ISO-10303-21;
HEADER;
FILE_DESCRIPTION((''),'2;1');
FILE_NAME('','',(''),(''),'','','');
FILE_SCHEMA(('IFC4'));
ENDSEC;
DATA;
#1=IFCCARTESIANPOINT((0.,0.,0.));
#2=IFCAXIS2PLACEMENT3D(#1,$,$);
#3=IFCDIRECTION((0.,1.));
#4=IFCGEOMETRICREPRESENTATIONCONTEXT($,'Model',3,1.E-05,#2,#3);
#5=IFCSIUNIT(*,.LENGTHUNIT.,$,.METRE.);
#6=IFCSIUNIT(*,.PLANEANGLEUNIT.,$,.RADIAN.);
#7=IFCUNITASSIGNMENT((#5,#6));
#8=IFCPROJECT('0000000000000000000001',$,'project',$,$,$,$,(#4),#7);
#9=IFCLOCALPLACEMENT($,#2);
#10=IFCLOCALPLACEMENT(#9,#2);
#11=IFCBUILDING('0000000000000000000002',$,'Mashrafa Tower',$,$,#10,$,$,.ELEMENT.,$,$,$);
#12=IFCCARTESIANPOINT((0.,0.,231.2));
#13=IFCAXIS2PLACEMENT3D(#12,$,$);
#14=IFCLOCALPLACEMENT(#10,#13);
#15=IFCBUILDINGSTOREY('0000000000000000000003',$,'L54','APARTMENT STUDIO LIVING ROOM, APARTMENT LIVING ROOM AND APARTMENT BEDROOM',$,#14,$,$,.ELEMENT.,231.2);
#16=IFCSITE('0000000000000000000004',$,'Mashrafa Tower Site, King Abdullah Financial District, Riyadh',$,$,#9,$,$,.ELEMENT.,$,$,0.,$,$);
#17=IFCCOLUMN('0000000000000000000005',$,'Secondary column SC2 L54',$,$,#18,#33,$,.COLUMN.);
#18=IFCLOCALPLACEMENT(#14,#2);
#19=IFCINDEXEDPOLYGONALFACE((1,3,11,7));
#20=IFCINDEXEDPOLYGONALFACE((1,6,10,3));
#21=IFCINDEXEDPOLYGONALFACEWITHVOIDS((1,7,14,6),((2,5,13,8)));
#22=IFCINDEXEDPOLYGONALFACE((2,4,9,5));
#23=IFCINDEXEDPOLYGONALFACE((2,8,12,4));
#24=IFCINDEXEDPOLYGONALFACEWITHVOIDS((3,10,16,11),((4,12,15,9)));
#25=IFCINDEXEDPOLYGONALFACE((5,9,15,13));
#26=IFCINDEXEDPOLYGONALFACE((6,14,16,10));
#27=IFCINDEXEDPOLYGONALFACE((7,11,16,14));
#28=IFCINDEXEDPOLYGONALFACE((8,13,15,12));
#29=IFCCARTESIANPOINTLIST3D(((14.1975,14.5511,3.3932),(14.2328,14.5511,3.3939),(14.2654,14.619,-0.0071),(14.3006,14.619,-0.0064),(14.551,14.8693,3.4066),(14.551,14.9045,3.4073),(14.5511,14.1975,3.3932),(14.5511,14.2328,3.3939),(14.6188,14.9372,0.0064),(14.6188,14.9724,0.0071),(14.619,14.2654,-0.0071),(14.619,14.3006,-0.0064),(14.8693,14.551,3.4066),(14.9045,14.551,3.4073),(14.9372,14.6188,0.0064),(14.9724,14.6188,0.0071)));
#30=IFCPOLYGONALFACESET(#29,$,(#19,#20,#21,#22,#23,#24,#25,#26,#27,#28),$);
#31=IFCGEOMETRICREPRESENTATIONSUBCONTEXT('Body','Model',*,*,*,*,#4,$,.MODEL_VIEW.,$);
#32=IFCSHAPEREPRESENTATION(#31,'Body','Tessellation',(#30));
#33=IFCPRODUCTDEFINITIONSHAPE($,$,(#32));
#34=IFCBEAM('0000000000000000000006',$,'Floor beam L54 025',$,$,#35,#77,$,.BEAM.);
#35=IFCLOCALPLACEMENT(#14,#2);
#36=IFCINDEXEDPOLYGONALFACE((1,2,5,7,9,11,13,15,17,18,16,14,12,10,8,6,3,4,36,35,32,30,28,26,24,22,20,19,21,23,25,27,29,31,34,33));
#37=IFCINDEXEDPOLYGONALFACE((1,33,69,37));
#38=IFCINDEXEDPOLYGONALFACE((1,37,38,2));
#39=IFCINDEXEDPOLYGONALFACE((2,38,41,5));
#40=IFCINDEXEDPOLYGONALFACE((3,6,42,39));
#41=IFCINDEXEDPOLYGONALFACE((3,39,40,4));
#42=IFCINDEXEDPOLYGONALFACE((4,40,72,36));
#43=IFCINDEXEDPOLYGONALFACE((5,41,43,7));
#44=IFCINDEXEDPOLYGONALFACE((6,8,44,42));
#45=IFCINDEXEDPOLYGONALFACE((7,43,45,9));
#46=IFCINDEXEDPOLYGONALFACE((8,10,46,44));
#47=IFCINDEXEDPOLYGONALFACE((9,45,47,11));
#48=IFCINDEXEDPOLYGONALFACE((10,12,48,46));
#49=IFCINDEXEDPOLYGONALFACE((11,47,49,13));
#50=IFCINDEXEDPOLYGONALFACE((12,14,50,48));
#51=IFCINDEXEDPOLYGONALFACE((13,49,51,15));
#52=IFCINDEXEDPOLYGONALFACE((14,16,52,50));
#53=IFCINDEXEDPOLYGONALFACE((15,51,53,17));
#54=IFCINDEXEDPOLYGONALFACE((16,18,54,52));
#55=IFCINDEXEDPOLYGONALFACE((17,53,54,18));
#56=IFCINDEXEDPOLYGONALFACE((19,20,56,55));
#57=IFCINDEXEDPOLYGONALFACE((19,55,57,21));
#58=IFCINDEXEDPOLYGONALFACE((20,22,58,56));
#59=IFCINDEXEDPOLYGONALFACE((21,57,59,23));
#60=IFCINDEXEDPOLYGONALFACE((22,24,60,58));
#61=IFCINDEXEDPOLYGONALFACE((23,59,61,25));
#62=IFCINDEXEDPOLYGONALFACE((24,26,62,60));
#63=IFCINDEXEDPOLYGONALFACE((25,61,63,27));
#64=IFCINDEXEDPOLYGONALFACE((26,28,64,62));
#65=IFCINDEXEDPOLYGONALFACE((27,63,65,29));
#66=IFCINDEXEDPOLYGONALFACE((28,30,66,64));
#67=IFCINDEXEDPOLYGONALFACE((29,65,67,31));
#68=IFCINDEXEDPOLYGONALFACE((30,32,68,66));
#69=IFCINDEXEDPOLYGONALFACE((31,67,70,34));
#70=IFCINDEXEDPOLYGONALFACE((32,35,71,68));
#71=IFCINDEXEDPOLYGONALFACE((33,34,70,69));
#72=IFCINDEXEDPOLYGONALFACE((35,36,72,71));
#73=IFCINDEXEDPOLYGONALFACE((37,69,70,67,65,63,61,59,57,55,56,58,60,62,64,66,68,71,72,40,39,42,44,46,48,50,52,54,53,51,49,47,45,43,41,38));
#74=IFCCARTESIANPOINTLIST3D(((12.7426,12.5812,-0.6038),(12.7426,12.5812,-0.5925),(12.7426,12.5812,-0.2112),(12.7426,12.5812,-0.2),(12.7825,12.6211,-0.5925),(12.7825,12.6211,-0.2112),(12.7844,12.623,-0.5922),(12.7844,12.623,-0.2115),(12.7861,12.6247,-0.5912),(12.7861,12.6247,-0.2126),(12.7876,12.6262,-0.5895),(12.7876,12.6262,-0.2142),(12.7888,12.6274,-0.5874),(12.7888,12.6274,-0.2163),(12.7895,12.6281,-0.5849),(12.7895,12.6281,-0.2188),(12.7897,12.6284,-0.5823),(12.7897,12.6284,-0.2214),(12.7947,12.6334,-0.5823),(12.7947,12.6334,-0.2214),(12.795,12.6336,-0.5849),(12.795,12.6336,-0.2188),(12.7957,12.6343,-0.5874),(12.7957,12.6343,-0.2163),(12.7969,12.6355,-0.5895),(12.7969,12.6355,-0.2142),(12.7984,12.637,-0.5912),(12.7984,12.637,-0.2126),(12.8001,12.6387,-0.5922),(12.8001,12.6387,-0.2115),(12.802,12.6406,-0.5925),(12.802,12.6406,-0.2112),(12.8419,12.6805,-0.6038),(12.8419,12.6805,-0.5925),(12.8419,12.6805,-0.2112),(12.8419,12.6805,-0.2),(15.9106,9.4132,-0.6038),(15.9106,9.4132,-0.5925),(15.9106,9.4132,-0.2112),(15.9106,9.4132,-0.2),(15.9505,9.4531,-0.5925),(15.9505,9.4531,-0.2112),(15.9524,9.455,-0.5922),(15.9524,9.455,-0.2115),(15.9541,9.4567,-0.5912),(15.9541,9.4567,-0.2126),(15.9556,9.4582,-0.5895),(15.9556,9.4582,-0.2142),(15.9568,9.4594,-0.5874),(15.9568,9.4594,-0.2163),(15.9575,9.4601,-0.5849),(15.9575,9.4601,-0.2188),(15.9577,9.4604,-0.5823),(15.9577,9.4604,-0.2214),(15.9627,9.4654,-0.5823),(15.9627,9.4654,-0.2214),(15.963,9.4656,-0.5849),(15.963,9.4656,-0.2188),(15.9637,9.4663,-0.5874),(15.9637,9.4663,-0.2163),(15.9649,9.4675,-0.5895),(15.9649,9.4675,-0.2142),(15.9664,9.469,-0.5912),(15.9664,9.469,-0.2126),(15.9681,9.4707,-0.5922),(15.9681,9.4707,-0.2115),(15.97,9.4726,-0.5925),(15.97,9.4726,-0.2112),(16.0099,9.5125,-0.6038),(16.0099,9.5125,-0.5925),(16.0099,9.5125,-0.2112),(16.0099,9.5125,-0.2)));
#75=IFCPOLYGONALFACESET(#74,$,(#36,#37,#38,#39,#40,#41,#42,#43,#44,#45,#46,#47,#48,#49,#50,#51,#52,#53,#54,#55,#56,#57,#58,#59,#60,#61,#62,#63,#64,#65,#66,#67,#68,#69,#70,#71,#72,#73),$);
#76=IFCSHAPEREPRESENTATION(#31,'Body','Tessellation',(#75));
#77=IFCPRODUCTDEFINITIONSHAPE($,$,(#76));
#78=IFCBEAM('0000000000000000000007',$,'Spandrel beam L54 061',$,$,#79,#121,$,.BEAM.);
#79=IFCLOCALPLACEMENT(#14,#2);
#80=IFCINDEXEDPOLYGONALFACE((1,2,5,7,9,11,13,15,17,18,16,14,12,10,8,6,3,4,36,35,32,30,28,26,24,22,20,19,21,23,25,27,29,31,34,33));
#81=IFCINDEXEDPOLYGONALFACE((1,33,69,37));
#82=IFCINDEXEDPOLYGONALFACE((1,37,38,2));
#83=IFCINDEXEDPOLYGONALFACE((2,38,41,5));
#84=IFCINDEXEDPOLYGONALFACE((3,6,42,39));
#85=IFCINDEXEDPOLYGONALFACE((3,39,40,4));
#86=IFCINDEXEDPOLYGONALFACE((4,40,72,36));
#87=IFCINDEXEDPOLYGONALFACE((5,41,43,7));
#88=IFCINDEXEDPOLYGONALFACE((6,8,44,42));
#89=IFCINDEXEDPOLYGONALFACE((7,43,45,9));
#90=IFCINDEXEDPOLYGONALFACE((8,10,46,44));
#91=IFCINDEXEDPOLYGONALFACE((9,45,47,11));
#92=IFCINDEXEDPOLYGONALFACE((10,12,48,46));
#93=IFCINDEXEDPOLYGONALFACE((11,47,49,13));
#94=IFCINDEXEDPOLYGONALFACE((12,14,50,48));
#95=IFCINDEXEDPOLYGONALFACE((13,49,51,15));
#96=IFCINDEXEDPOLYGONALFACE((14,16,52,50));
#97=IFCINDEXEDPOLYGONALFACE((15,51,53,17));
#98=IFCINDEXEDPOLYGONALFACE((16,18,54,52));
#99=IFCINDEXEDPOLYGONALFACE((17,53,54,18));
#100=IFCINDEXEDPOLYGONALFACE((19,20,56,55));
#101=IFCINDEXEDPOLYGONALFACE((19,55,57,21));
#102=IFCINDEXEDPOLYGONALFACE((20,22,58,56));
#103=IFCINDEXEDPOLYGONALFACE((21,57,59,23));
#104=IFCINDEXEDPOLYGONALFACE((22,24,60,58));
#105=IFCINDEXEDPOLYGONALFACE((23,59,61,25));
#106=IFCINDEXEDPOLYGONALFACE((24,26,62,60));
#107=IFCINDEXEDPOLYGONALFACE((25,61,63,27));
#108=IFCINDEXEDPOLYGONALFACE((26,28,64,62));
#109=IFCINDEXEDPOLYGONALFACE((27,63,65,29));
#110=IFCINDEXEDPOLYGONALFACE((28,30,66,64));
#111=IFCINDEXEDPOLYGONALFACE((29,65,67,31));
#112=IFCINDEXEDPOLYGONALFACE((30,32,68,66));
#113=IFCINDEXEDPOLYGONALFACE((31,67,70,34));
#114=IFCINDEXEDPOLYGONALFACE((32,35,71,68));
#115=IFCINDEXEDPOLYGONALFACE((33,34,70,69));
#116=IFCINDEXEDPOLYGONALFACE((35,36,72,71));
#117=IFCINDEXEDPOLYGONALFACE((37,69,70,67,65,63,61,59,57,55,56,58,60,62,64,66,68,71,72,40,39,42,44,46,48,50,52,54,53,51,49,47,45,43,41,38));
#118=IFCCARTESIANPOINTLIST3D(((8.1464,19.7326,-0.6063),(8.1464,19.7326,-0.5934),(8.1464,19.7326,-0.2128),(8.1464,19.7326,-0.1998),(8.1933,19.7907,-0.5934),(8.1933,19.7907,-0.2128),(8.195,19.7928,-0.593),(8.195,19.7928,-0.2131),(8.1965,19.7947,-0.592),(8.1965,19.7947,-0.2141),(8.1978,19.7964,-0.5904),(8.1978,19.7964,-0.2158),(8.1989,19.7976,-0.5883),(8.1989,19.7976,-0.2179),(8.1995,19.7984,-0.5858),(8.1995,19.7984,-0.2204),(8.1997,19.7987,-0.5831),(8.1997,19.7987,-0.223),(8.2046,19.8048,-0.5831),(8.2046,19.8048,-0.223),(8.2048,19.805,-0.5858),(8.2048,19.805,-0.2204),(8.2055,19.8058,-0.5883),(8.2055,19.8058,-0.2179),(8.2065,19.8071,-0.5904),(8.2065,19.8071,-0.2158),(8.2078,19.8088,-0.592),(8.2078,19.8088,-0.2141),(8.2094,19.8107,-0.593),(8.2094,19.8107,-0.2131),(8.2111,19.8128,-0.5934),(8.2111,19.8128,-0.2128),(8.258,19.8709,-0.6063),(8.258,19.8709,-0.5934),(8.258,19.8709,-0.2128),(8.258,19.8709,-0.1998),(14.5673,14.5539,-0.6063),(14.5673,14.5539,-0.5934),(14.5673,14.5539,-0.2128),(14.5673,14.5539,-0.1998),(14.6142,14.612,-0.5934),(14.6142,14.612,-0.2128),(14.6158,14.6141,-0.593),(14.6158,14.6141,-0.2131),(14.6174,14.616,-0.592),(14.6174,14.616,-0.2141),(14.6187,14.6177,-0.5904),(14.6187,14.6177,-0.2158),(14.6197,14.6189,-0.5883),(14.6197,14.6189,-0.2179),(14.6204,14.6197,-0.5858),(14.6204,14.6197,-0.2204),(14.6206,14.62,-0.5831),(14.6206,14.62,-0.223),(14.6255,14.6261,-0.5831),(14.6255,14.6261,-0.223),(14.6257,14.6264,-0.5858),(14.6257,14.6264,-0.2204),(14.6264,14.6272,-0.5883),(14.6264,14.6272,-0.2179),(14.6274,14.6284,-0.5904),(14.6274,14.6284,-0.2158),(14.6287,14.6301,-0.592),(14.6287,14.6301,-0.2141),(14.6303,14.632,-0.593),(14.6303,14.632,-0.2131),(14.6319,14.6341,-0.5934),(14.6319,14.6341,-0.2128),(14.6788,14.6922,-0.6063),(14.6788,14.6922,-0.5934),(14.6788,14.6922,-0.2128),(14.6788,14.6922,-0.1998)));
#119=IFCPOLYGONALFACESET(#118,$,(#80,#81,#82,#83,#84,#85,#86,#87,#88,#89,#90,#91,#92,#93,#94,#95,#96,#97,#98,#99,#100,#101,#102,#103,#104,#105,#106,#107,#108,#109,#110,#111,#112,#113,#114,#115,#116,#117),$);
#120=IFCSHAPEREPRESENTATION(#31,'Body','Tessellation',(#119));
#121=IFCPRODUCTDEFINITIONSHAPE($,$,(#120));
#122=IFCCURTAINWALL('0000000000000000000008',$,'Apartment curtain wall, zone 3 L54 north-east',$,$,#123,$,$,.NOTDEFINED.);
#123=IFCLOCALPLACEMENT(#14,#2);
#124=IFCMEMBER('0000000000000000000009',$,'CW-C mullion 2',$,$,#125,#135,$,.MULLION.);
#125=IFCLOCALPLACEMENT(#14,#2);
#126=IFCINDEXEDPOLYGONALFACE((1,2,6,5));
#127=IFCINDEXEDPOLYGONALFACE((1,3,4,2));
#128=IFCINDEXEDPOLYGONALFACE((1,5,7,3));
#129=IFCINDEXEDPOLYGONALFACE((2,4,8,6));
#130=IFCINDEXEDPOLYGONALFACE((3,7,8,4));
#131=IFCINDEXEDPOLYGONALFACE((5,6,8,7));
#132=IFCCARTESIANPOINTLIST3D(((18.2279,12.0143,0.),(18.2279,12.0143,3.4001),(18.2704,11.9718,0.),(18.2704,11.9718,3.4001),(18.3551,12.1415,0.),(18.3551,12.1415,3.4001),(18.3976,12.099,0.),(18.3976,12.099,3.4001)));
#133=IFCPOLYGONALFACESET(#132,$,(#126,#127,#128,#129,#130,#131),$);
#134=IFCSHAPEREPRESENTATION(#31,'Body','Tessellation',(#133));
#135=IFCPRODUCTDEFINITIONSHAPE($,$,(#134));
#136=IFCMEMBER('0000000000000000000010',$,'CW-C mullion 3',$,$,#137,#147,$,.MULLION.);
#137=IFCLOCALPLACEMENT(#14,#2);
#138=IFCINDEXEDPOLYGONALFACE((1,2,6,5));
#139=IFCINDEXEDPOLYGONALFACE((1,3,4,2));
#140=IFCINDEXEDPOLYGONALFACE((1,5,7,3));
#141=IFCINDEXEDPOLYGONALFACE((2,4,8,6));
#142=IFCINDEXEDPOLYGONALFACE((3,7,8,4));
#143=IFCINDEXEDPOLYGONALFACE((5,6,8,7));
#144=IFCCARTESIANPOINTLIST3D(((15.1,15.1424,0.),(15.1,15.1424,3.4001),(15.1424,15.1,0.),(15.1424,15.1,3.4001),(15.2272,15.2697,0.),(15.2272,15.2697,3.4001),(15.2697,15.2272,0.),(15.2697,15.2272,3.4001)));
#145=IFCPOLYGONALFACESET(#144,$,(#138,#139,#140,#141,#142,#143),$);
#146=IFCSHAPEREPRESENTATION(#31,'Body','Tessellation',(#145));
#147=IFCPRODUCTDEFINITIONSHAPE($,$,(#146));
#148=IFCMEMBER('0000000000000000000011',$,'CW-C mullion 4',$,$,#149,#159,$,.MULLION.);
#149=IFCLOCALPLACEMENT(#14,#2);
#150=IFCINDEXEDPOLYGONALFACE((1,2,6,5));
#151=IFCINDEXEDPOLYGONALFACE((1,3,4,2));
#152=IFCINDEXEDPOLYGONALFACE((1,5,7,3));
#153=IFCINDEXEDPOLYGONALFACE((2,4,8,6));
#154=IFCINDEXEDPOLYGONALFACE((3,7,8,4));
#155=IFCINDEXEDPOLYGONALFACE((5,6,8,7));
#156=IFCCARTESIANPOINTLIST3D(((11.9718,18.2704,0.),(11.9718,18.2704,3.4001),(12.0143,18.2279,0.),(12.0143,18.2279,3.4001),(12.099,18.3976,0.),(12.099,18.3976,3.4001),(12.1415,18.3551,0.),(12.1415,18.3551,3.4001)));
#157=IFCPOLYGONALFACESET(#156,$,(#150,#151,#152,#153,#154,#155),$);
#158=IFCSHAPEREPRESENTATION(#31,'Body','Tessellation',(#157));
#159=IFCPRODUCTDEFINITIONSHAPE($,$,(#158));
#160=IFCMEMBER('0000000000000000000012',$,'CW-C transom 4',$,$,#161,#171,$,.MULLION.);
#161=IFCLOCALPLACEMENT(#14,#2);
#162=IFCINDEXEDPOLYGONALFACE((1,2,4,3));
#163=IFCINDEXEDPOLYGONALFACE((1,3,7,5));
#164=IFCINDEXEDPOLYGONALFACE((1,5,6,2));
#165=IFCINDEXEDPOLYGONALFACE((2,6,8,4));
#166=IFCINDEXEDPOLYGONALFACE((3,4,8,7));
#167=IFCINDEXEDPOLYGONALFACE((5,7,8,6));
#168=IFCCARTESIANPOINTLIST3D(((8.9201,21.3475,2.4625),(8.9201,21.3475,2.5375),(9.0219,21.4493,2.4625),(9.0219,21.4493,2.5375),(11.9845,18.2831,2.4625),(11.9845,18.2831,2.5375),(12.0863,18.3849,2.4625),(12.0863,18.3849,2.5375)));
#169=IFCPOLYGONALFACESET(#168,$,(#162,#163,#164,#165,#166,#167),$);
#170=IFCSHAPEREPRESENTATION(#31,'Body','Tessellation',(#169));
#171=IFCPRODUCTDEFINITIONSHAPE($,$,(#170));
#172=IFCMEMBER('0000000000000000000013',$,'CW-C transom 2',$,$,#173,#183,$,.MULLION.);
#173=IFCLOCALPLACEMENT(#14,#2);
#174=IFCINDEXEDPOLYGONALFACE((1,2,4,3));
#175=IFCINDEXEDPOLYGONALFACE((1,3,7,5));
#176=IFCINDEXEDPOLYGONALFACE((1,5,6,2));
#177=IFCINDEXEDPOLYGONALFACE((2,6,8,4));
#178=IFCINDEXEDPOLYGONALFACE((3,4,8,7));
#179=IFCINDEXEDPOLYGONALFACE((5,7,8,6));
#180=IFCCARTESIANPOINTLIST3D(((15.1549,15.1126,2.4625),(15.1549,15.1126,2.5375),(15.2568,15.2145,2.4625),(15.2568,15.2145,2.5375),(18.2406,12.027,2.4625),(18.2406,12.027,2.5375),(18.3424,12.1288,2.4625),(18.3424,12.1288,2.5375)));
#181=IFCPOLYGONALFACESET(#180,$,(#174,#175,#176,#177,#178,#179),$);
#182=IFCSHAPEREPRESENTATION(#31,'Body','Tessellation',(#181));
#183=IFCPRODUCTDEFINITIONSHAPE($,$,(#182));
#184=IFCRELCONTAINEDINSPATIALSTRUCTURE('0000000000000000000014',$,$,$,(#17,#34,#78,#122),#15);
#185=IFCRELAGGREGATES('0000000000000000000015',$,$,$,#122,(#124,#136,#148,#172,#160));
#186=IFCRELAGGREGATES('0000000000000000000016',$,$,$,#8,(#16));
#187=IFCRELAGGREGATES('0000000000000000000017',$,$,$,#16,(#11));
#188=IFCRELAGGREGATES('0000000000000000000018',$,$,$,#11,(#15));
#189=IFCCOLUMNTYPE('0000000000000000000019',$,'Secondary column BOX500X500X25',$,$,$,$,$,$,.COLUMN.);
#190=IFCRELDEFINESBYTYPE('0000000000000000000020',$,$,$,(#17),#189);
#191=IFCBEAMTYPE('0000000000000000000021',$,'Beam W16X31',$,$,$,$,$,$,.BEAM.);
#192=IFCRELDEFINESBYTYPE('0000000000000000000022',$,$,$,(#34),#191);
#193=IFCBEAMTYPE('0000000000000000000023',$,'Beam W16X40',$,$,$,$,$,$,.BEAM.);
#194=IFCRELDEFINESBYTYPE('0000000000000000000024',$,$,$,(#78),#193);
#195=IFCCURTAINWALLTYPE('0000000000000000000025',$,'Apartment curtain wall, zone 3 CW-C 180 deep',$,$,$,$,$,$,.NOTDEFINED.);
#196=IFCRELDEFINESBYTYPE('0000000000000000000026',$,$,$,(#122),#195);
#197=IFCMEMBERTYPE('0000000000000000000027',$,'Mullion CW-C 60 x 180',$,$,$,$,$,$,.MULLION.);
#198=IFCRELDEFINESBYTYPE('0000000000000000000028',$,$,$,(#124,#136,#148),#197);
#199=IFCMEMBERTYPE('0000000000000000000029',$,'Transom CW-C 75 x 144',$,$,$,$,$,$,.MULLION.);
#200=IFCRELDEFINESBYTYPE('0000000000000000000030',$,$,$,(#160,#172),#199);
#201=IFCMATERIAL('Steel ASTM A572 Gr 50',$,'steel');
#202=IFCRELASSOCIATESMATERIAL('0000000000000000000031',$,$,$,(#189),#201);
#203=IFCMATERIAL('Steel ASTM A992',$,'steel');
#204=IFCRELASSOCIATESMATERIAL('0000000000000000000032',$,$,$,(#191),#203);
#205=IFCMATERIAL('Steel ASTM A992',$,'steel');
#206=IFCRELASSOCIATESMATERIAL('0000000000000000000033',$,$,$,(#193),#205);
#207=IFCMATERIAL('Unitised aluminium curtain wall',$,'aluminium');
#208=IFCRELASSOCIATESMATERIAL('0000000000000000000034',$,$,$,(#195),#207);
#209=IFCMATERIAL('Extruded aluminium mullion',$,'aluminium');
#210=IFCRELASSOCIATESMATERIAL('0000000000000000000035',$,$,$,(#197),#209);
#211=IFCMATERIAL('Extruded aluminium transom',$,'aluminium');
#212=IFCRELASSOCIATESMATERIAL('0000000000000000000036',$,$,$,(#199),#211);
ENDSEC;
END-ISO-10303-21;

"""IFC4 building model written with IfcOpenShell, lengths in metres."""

from ifc_helpers import new_model, si_unit, direction, frame, origin, origin_2d, place, context, subcontext, project, spatial, rectangle, hollow_rectangle, i_section, extrude, source, transform, mapped, material, material_profile, profile_set, type_object, type_shapes, element, aggregate, save


model = new_model("IFC4")

# Units and contexts
model_context = context("Model", 3, precision=1e-05, world=origin(), true_north=direction((0.0, 1.0)))
body_context = subcontext(model_context, "Body", "Model", "MODEL_VIEW")
ifc_project = project(units=[si_unit("LENGTHUNIT", "METRE"), si_unit("PLANEANGLEUNIT", "RADIAN")], contexts=[model_context])

# Site, building, storey
site_placement = place(None, origin())
site = spatial("IfcSite", under=ifc_project, at=site_placement, Name="Mashrafa Tower Site, King Abdullah Financial District, Riyadh", CompositionType="ELEMENT", RefElevation=0.0)
building_placement = place(site_placement, origin())
building = spatial("IfcBuilding", under=site, at=building_placement, Name="Mashrafa Tower", CompositionType="ELEMENT")
storey_placement = place(building_placement, frame((0.0, 0.0, 231.2)))
storey = spatial("IfcBuildingStorey", under=building, at=storey_placement, Name="L54", Description="APARTMENT STUDIO LIVING ROOM, APARTMENT LIVING ROOM AND APARTMENT BEDROOM", CompositionType="ELEMENT", Elevation=231.2)

# Column
ifc_material_1 = material(Name="Steel ASTM A572 Gr 50", Category="steel")
ifc_material_profile_1 = material_profile(ifc_material_1, hollow_rectangle(XDim=0.5, YDim=0.5, WallThickness=0.0249, at=origin_2d()), Name="BOX500X500X25")
ifc_profile_set_1 = profile_set([ifc_material_profile_1], Name="Steel ASTM A572 Gr 50")
column_type = type_object("IfcColumnType", Name="Secondary column BOX500X500X25", PredefinedType="COLUMN", material=ifc_profile_set_1)
column_placement = place(storey_placement, frame((14.6189, 14.6189, 0.0), z_axis=(-0.019953, -0.019953, 0.999602), x_axis=(0.707107, -0.707107, 0.0)))
element("IfcColumn", 1, at=column_placement, inside=storey, type_object=column_type, Name="Secondary column SC2 L54", PredefinedType="COLUMN", context=body_context, shape_type="SweptSolid", body=[
    extrude(hollow_rectangle(XDim=0.5, YDim=0.5, WallThickness=0.0249, at=origin_2d()), origin(), (0.0, 0.0, 1.0), 3.4016),
])

# Beams
ifc_material_2 = material(Name="Steel ASTM A992", Category="steel")
ifc_material_profile_2 = material_profile(ifc_material_2, i_section(OverallWidth=0.1404, OverallDepth=0.4038, WebThickness=0.0071, FlangeThickness=0.0112, FilletRadius=0.0103, at=origin_2d()), Name="W16X31")
ifc_profile_set_2 = profile_set([ifc_material_profile_2], Name="Steel ASTM A992")
beam_type_1 = type_object("IfcBeamType", Name="Beam W16X31", PredefinedType="BEAM", material=ifc_profile_set_2)
beam_1_placement = place(storey_placement, frame((12.7922, 12.6309, -0.4019), z_axis=(0.707107, -0.707107, 0.0), x_axis=(0.707107, 0.707107, 0.0)))
element("IfcBeam", 2, at=beam_1_placement, inside=storey, type_object=beam_type_1, Name="Floor beam L54 025", PredefinedType="BEAM", context=body_context, shape_type="SweptSolid", body=[
    extrude(i_section(OverallWidth=0.1404, OverallDepth=0.4038, WebThickness=0.0071, FlangeThickness=0.0112, FilletRadius=0.0103, at=origin_2d()), origin(), (0.0, 0.0, 1.0), 4.4802),
])
ifc_material_3 = material(Name="Steel ASTM A992", Category="steel")
ifc_material_profile_3 = material_profile(ifc_material_3, i_section(OverallWidth=0.1777, OverallDepth=0.4065, WebThickness=0.0078, FlangeThickness=0.0129, FilletRadius=0.0103, at=origin_2d()), Name="W16X40")
ifc_profile_set_3 = profile_set([ifc_material_profile_3], Name="Steel ASTM A992")
beam_type_2 = type_object("IfcBeamType", Name="Beam W16X40", PredefinedType="BEAM", material=ifc_profile_set_3)
beam_2_placement = place(storey_placement, frame((14.623, 14.623, -0.4031), z_axis=(-0.778379, 0.627794, 0.0), x_axis=(-0.627794, -0.778379, 0.0)))
element("IfcBeam", 3, at=beam_2_placement, inside=storey, type_object=beam_type_2, Name="Spandrel beam L54 061", PredefinedType="BEAM", context=body_context, shape_type="SweptSolid", body=[
    extrude(i_section(OverallWidth=0.1777, OverallDepth=0.4065, WebThickness=0.0078, FlangeThickness=0.0129, FilletRadius=0.0103, at=origin_2d()), origin(), (0.0, 0.0, 1.0), 8.249),
])

# Curtain wall, members
ifc_material_4 = material(Name="Unitised aluminium curtain wall", Category="aluminium")
curtain_wall_type = type_object("IfcCurtainWallType", Name="Apartment curtain wall, zone 3 CW-C 180 deep", PredefinedType="NOTDEFINED", material=ifc_material_4)
curtain_wall_placement = place(storey_placement, origin())
curtain_wall = element("IfcCurtainWall", 4, at=curtain_wall_placement, inside=storey, type_object=curtain_wall_type, Name="Apartment curtain wall, zone 3 L54 north-east", PredefinedType="NOTDEFINED")
ifc_material_5 = material(Name="Extruded aluminium mullion", Category="aluminium")
ifc_material_profile_4 = material_profile(ifc_material_5, rectangle(XDim=0.1799, YDim=0.0601, at=origin_2d()), Name="Mullion 60x180")
ifc_profile_set_4 = profile_set([ifc_material_profile_4], Name="Extruded aluminium mullion")
member_type_1 = type_object("IfcMemberType", Name="Mullion CW-C 60 x 180", PredefinedType="MULLION", material=ifc_profile_set_4)
shared_shape_1 = source(origin(), body_context, "Body", "SweptSolid", [
    extrude(rectangle(XDim=0.1799, YDim=0.0601, at=origin_2d()), origin(), (0.0, 0.0, 1.0), 3.4001),
])
type_shapes(member_type_1, [shared_shape_1])
member_1_placement = place(storey_placement, frame((18.3127, 12.0566, 0.0), z_axis=(0.0, 0.0, 1.0), x_axis=(-0.707107, -0.707107, 0.0)))
member_1 = element("IfcMember", 5, at=member_1_placement, type_object=member_type_1, Name="CW-C mullion 2", PredefinedType="MULLION", context=body_context, shape_type="MappedRepresentation", body=[
    mapped(shared_shape_1, transform((0.0, 0.0, 0.0))),
])
member_2_placement = place(storey_placement, frame((15.1848, 15.1848, 0.0), z_axis=(0.0, 0.0, 1.0), x_axis=(-0.707107, -0.707107, 0.0)))
member_2 = element("IfcMember", 6, at=member_2_placement, type_object=member_type_1, Name="CW-C mullion 3", PredefinedType="MULLION", context=body_context, shape_type="MappedRepresentation", body=[
    mapped(shared_shape_1, transform((0.0, 0.0, 0.0))),
])
member_3_placement = place(storey_placement, frame((12.0566, 18.3127, 0.0), z_axis=(0.0, 0.0, 1.0), x_axis=(-0.707107, -0.707107, 0.0)))
member_3 = element("IfcMember", 7, at=member_3_placement, type_object=member_type_1, Name="CW-C mullion 4", PredefinedType="MULLION", context=body_context, shape_type="MappedRepresentation", body=[
    mapped(shared_shape_1, transform((0.0, 0.0, 0.0))),
])
ifc_material_6 = material(Name="Extruded aluminium transom", Category="aluminium")
ifc_material_profile_5 = material_profile(ifc_material_6, rectangle(XDim=0.144, YDim=0.075, at=origin_2d()), Name="Transom 75x144")
ifc_profile_set_5 = profile_set([ifc_material_profile_5], Name="Extruded aluminium transom")
member_type_2 = type_object("IfcMemberType", Name="Transom CW-C 75 x 144", PredefinedType="MULLION", material=ifc_profile_set_5)
shared_shape_2 = source(origin(), body_context, "Body", "SweptSolid", [
    extrude(rectangle(XDim=0.144, YDim=0.075, at=origin_2d()), origin(), (0.0, 0.0, 1.0), 4.3337),
])
member_4_placement = place(storey_placement, frame((12.0354, 18.334, 2.5), z_axis=(-0.707107, 0.707107, 0.0), x_axis=(-0.707107, -0.707107, 0.0)))
member_4 = element("IfcMember", 8, at=member_4_placement, type_object=member_type_2, Name="CW-C transom 4", PredefinedType="MULLION", context=body_context, shape_type="MappedRepresentation", body=[
    mapped(shared_shape_2, transform((0.0, 0.0, 0.0))),
])
shared_shape_3 = source(origin(), body_context, "Body", "SweptSolid", [
    extrude(rectangle(XDim=0.144, YDim=0.075, at=origin_2d()), origin(), (0.0, 0.0, 1.0), 4.3638),
])
type_shapes(member_type_2, [shared_shape_2, shared_shape_3])
member_5_placement = place(storey_placement, frame((18.2915, 12.0779, 2.5), z_axis=(-0.707107, 0.707107, 0.0), x_axis=(-0.707107, -0.707107, 0.0)))
member_5 = element("IfcMember", 9, at=member_5_placement, type_object=member_type_2, Name="CW-C transom 2", PredefinedType="MULLION", context=body_context, shape_type="MappedRepresentation", body=[
    mapped(shared_shape_3, transform((0.0, 0.0, 0.0))),
])
aggregate(curtain_wall, [member_1, member_2, member_3, member_5, member_4])

save(model, "model.ifc")
